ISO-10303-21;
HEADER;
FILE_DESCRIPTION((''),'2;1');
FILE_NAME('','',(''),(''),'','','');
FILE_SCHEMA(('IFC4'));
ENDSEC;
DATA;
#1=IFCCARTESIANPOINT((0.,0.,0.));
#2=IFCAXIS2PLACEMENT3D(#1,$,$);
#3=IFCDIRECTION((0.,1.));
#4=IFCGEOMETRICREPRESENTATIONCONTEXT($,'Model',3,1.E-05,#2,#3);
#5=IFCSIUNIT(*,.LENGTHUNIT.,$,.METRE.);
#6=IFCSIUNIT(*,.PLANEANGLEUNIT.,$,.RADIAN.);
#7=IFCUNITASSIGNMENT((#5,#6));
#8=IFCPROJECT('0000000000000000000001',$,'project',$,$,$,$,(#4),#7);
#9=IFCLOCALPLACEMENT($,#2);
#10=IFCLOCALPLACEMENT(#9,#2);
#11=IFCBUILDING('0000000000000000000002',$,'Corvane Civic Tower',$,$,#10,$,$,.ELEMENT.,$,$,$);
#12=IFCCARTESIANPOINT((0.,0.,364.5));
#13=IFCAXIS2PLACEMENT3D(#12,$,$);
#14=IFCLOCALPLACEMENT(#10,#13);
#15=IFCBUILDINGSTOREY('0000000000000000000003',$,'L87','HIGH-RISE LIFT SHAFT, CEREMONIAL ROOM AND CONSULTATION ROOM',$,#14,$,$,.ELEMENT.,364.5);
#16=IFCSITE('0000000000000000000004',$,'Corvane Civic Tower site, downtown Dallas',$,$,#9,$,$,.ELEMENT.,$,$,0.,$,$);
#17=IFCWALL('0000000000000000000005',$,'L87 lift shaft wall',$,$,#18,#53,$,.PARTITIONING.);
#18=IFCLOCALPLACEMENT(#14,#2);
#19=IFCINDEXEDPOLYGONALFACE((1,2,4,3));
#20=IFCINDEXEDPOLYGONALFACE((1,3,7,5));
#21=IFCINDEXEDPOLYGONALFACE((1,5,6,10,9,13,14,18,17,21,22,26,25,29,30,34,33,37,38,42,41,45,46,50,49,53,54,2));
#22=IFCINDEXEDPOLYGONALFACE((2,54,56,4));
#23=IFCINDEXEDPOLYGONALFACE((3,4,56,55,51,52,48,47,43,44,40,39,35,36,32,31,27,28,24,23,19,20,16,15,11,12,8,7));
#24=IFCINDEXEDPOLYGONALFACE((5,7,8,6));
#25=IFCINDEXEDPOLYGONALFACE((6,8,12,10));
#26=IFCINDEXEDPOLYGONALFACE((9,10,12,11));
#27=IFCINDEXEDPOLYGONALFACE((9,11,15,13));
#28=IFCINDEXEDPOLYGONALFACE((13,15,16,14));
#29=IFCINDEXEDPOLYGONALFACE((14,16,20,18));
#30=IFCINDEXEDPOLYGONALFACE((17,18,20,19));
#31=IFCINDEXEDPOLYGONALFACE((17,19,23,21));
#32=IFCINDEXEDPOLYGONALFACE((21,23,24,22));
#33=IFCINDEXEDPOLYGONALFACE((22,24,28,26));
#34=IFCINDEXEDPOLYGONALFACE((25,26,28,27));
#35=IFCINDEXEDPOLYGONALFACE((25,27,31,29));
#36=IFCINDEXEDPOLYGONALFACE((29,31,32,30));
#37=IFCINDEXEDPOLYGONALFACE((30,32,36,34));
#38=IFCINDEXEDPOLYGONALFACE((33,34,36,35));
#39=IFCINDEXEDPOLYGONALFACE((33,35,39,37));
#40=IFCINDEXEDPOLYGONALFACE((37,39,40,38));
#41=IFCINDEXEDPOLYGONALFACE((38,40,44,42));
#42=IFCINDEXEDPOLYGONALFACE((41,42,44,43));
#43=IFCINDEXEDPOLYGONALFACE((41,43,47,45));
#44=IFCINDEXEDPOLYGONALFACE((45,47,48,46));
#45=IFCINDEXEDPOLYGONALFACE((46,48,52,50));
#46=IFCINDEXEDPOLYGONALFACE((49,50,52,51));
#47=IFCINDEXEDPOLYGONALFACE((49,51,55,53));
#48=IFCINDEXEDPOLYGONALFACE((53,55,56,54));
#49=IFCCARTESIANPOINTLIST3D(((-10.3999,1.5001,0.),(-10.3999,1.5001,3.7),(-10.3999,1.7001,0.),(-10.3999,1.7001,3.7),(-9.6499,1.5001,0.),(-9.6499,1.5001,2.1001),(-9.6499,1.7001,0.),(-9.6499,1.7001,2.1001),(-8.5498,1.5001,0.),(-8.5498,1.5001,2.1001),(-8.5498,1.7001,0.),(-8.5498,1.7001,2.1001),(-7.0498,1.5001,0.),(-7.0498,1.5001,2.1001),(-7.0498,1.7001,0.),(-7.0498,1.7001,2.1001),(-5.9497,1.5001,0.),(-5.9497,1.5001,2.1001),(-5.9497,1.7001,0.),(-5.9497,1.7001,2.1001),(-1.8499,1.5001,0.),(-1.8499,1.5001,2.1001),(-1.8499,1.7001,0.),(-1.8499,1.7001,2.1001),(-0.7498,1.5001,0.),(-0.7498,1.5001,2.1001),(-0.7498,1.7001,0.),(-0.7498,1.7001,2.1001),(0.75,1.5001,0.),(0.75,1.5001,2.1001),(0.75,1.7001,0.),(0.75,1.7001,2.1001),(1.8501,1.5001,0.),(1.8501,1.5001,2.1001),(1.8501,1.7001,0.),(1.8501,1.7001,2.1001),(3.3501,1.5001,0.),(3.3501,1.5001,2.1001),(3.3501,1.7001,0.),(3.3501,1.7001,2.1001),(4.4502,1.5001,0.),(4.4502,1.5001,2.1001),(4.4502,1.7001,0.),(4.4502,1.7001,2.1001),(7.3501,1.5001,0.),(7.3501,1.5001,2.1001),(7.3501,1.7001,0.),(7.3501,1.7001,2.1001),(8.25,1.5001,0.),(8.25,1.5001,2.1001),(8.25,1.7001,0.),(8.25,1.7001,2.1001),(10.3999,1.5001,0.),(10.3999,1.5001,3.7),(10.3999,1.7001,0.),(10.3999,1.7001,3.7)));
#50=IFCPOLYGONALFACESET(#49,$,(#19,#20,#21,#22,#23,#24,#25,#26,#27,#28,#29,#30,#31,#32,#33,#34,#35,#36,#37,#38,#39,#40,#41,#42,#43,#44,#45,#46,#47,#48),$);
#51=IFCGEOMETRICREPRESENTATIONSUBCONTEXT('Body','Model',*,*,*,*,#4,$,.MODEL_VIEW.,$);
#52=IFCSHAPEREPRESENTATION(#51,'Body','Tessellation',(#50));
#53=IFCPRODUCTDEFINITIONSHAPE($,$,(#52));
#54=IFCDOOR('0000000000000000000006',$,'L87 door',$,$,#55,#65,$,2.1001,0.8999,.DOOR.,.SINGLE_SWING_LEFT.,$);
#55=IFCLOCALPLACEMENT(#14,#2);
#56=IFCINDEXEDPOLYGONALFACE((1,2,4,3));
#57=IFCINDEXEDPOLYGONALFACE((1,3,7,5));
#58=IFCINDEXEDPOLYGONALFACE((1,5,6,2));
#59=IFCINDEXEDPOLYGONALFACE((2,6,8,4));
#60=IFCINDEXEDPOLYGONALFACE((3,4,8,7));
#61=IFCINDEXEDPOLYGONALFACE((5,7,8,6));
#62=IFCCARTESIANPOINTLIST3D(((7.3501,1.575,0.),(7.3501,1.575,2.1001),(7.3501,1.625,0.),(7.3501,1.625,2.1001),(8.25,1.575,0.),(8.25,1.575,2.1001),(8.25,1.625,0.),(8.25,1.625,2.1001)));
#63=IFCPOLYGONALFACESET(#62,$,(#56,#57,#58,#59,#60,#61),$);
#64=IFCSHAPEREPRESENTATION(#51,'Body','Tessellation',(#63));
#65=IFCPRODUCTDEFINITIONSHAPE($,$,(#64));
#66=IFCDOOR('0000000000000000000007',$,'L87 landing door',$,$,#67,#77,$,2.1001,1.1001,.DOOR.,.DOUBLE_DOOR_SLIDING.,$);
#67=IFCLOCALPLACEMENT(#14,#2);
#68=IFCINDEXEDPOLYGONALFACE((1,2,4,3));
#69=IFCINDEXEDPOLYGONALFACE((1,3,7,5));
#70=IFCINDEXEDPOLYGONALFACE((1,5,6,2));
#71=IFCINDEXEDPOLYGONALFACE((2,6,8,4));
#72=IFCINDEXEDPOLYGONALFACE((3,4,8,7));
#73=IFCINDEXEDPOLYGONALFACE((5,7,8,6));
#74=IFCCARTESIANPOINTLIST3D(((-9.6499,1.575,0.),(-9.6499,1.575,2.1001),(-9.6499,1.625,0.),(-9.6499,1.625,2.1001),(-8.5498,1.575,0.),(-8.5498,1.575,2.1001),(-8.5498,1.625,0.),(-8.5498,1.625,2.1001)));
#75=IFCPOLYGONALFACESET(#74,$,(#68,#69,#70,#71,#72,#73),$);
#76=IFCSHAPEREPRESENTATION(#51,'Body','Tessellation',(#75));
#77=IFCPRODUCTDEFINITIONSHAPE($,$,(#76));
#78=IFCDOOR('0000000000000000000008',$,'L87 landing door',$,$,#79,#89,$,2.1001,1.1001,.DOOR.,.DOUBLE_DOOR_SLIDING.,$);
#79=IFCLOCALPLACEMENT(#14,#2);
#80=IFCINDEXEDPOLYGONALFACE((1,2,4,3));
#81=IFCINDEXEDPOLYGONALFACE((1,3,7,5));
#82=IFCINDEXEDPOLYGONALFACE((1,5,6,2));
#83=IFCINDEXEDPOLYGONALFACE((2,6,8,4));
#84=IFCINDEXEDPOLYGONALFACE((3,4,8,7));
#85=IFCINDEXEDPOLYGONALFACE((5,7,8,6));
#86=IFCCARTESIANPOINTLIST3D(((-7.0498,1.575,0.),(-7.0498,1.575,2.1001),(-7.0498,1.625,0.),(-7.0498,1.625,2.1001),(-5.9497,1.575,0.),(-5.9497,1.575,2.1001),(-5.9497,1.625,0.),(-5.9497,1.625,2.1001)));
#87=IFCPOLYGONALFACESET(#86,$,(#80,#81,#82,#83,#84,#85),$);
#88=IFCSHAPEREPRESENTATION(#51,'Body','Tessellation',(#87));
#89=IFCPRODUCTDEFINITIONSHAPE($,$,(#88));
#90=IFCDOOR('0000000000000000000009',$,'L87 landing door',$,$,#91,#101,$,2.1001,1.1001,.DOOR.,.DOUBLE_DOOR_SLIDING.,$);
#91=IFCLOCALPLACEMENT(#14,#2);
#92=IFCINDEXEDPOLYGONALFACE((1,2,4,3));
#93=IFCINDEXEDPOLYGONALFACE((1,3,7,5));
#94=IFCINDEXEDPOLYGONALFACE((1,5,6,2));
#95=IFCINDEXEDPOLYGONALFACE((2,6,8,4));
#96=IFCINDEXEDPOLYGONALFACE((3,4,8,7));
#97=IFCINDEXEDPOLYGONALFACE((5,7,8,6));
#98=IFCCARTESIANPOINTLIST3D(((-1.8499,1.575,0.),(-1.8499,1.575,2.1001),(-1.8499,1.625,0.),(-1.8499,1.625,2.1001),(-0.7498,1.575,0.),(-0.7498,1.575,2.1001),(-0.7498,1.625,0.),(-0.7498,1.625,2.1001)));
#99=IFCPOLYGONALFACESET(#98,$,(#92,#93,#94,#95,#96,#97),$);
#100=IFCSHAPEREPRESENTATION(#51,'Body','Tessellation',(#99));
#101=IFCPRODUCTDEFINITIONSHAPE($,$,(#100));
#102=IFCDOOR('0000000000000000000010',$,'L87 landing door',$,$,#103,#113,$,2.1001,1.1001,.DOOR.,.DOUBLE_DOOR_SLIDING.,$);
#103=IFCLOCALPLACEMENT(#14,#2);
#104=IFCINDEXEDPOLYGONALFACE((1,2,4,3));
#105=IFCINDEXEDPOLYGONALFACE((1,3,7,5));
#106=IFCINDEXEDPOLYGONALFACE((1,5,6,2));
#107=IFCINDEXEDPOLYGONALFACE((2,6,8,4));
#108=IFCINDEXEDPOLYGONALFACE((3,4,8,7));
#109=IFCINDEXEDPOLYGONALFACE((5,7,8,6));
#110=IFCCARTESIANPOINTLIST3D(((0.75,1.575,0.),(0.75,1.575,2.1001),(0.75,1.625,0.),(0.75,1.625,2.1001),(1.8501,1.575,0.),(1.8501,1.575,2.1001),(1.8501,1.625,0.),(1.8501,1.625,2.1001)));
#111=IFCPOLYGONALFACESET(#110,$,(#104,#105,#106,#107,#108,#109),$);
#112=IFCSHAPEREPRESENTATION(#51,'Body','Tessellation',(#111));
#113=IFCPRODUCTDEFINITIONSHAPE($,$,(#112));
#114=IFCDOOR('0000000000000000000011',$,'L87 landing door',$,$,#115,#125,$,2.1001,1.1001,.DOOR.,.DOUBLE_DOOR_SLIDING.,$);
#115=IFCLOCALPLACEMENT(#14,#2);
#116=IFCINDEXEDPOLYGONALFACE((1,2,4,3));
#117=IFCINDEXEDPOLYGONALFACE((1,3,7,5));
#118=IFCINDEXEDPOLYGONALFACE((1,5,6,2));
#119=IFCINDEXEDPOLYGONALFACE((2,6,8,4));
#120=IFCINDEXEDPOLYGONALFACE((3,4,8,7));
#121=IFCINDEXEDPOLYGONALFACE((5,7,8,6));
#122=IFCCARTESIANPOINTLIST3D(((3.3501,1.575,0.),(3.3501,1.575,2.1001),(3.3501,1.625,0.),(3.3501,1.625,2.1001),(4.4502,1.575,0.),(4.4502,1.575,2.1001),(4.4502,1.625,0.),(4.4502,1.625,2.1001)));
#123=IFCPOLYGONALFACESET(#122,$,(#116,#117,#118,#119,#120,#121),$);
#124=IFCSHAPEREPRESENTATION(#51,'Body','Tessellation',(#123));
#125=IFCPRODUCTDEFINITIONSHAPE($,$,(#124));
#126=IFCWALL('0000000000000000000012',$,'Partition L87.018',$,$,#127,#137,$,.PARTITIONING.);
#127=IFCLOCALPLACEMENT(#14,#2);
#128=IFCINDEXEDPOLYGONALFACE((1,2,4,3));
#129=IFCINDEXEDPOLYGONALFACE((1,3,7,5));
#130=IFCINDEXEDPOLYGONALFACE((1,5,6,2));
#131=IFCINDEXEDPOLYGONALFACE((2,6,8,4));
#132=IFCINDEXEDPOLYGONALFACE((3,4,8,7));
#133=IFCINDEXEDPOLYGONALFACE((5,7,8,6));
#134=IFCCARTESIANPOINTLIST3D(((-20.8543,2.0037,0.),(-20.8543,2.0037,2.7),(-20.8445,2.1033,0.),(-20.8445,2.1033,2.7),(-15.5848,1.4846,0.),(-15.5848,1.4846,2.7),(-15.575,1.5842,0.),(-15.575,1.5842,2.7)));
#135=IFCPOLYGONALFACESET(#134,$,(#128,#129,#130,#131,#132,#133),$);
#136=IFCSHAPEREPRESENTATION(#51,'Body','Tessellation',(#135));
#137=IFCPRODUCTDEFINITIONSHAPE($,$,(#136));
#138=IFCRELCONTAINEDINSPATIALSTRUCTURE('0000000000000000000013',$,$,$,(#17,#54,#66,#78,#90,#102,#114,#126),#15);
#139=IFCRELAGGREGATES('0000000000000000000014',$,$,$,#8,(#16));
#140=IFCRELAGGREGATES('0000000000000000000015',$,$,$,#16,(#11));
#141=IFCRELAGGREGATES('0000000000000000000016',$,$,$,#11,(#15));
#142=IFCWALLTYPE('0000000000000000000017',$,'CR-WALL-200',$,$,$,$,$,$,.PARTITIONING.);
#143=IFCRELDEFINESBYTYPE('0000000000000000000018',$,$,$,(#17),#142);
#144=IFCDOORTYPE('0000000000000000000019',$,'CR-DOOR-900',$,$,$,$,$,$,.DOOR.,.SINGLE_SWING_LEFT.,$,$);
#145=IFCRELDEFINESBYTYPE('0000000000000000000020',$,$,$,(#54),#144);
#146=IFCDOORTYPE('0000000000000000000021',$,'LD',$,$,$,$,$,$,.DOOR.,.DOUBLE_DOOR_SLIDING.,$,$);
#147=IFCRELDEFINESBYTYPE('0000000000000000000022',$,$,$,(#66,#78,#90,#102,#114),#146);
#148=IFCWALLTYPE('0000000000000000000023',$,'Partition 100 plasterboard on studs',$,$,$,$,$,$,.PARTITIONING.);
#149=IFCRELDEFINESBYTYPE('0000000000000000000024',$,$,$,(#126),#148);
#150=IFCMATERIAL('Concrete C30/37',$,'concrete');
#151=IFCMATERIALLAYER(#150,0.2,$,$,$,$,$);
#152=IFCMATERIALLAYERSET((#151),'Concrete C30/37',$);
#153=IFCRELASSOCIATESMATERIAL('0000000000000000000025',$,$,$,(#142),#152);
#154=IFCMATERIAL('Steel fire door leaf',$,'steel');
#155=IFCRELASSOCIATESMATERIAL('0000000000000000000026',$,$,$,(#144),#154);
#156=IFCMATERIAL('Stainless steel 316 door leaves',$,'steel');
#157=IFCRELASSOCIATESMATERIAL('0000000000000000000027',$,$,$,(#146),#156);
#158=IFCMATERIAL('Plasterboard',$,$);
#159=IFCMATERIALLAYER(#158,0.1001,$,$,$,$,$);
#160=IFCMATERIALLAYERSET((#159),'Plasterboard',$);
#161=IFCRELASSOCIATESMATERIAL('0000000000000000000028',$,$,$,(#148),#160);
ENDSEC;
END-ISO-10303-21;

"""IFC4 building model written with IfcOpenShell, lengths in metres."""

from ifc_helpers import new_model, si_unit, direction, frame, frame_2d, origin, place, context, subcontext, project, spatial, rectangle, extrude, material, layer, layer_set, type_object, element, fill, save


model = new_model("IFC4")

# Units and contexts
model_context = context("Model", 3, precision=1e-05, world=origin(), true_north=direction((0.0, 1.0)))
body_context = subcontext(model_context, "Body", "Model", "MODEL_VIEW")
ifc_project = project(units=[si_unit("LENGTHUNIT", "METRE"), si_unit("PLANEANGLEUNIT", "RADIAN")], contexts=[model_context])

# Site, building, storey
site_placement = place(None, origin())
site = spatial("IfcSite", under=ifc_project, at=site_placement, Name="Corvane Civic Tower site, downtown Dallas", CompositionType="ELEMENT", RefElevation=0.0)
building_placement = place(site_placement, origin())
building = spatial("IfcBuilding", under=site, at=building_placement, Name="Corvane Civic Tower", CompositionType="ELEMENT")
storey_placement = place(building_placement, frame((0.0, 0.0, 364.5)))
storey = spatial("IfcBuildingStorey", under=building, at=storey_placement, Name="L87", Description="HIGH-RISE LIFT SHAFT, CEREMONIAL ROOM AND CONSULTATION ROOM", CompositionType="ELEMENT", Elevation=364.5)

# Wall, openings, doors
ifc_material_1 = material(Name="Concrete C30/37", Category="concrete")
ifc_layer_1 = layer(ifc_material_1, 0.2)
ifc_layer_set_1 = layer_set([ifc_layer_1], Name="Concrete C30/37")
wall_type_1 = type_object("IfcWallType", Name="CR-WALL-200", PredefinedType="PARTITIONING", material=ifc_layer_set_1)
wall_1_placement = place(storey_placement, frame((-10.3999, 1.6001, 0.0), z_axis=(0.0, 0.0, 1.0), x_axis=(1.0, 0.0, 0.0)))
wall_1 = element("IfcWall", 1, at=wall_1_placement, inside=storey, type_object=wall_type_1, Name="L87 lift shaft wall", PredefinedType="PARTITIONING", context=body_context, shape_type="SweptSolid", body=[
    extrude(rectangle(XDim=20.7998, YDim=0.2, at=frame_2d((10.3999, 0.0))), origin(), (0.0, 0.0, 1.0), 3.7),
])
opening_1_placement = place(wall_1_placement, frame((0.75, 0.0, 0.0)))
opening_1 = element("IfcOpeningElement", 2, at=opening_1_placement, cuts=wall_1, PredefinedType="OPENING", context=body_context, shape_type="SweptSolid", body=[
    extrude(rectangle(XDim=1.1001, YDim=2.1001, at=frame_2d((0.55, 1.05))), frame((0.0, 0.1099, 0.0), z_axis=(0.0, -1.0, 0.0), x_axis=(1.0, 0.0, 0.0)), (0.0, 0.0, 1.0), 0.22),
])
opening_2_placement = place(wall_1_placement, frame((3.3501, 0.0, 0.0)))
opening_2 = element("IfcOpeningElement", 3, at=opening_2_placement, cuts=wall_1, PredefinedType="OPENING", context=body_context, shape_type="SweptSolid", body=[
    extrude(rectangle(XDim=1.1001, YDim=2.1001, at=frame_2d((0.55, 1.05))), frame((0.0, 0.1099, 0.0), z_axis=(0.0, -1.0, 0.0), x_axis=(1.0, 0.0, 0.0)), (0.0, 0.0, 1.0), 0.22),
])
opening_3_placement = place(wall_1_placement, frame((8.55, 0.0, 0.0)))
opening_3 = element("IfcOpeningElement", 4, at=opening_3_placement, cuts=wall_1, PredefinedType="OPENING", context=body_context, shape_type="SweptSolid", body=[
    extrude(rectangle(XDim=1.1001, YDim=2.1001, at=frame_2d((0.55, 1.05))), frame((0.0, 0.1099, 0.0), z_axis=(0.0, -1.0, 0.0), x_axis=(1.0, 0.0, 0.0)), (0.0, 0.0, 1.0), 0.22),
])
opening_4_placement = place(wall_1_placement, frame((11.1499, 0.0, 0.0)))
opening_4 = element("IfcOpeningElement", 5, at=opening_4_placement, cuts=wall_1, PredefinedType="OPENING", context=body_context, shape_type="SweptSolid", body=[
    extrude(rectangle(XDim=1.1001, YDim=2.1001, at=frame_2d((0.55, 1.05))), frame((0.0, 0.1099, 0.0), z_axis=(0.0, -1.0, 0.0), x_axis=(1.0, 0.0, 0.0)), (0.0, 0.0, 1.0), 0.22),
])
opening_5_placement = place(wall_1_placement, frame((13.75, 0.0, 0.0)))
opening_5 = element("IfcOpeningElement", 6, at=opening_5_placement, cuts=wall_1, PredefinedType="OPENING", context=body_context, shape_type="SweptSolid", body=[
    extrude(rectangle(XDim=1.1001, YDim=2.1001, at=frame_2d((0.55, 1.05))), frame((0.0, 0.1099, 0.0), z_axis=(0.0, -1.0, 0.0), x_axis=(1.0, 0.0, 0.0)), (0.0, 0.0, 1.0), 0.22),
])
opening_6_placement = place(wall_1_placement, frame((17.75, 0.0, 0.0)))
opening_6 = element("IfcOpeningElement", 7, at=opening_6_placement, cuts=wall_1, PredefinedType="OPENING", context=body_context, shape_type="SweptSolid", body=[
    extrude(rectangle(XDim=0.8999, YDim=2.1001, at=frame_2d((0.45, 1.05))), frame((0.0, 0.1099, 0.0), z_axis=(0.0, -1.0, 0.0), x_axis=(1.0, 0.0, 0.0)), (0.0, 0.0, 1.0), 0.22),
])
ifc_material_2 = material(Name="Steel fire door leaf", Category="steel")
door_type_1 = type_object("IfcDoorType", Name="CR-DOOR-900", OperationType="SINGLE_SWING_LEFT", PredefinedType="DOOR", material=ifc_material_2)
door_1_placement = place(opening_6_placement, origin())
door_1 = element("IfcDoor", 8, at=door_1_placement, inside=storey, type_object=door_type_1, Name="L87 door", OperationType="SINGLE_SWING_LEFT", OverallHeight=2.1001, OverallWidth=0.8999, PredefinedType="DOOR", context=body_context, shape_type="SweptSolid", body=[
    extrude(rectangle(XDim=0.8999, YDim=2.1001, at=frame_2d((0.45, 1.05))), frame((0.0, 0.0249, 0.0), z_axis=(0.0, -1.0, 0.0), x_axis=(1.0, 0.0, 0.0)), (0.0, 0.0, 1.0), 0.05),
])
fill(opening_6, door_1)
ifc_material_3 = material(Name="Stainless steel 316 door leaves", Category="steel")
door_type_2 = type_object("IfcDoorType", Name="LD", OperationType="DOUBLE_DOOR_SLIDING", PredefinedType="DOOR", material=ifc_material_3)
door_2_placement = place(opening_1_placement, origin())
door_2 = element("IfcDoor", 9, at=door_2_placement, inside=storey, type_object=door_type_2, Name="L87 landing door", OperationType="DOUBLE_DOOR_SLIDING", OverallHeight=2.1001, OverallWidth=1.1001, PredefinedType="DOOR", context=body_context, shape_type="SweptSolid", body=[
    extrude(rectangle(XDim=1.1001, YDim=2.1001, at=frame_2d((0.55, 1.05))), frame((0.0, 0.0249, 0.0), z_axis=(0.0, -1.0, 0.0), x_axis=(1.0, 0.0, 0.0)), (0.0, 0.0, 1.0), 0.05),
])
fill(opening_1, door_2)
door_3_placement = place(opening_2_placement, origin())
door_3 = element("IfcDoor", 10, at=door_3_placement, inside=storey, type_object=door_type_2, Name="L87 landing door", OperationType="DOUBLE_DOOR_SLIDING", OverallHeight=2.1001, OverallWidth=1.1001, PredefinedType="DOOR", context=body_context, shape_type="SweptSolid", body=[
    extrude(rectangle(XDim=1.1001, YDim=2.1001, at=frame_2d((0.55, 1.05))), frame((0.0, 0.0249, 0.0), z_axis=(0.0, -1.0, 0.0), x_axis=(1.0, 0.0, 0.0)), (0.0, 0.0, 1.0), 0.05),
])
fill(opening_2, door_3)
door_4_placement = place(opening_3_placement, origin())
door_4 = element("IfcDoor", 11, at=door_4_placement, inside=storey, type_object=door_type_2, Name="L87 landing door", OperationType="DOUBLE_DOOR_SLIDING", OverallHeight=2.1001, OverallWidth=1.1001, PredefinedType="DOOR", context=body_context, shape_type="SweptSolid", body=[
    extrude(rectangle(XDim=1.1001, YDim=2.1001, at=frame_2d((0.55, 1.05))), frame((0.0, 0.0249, 0.0), z_axis=(0.0, -1.0, 0.0), x_axis=(1.0, 0.0, 0.0)), (0.0, 0.0, 1.0), 0.05),
])
fill(opening_3, door_4)
door_5_placement = place(opening_4_placement, origin())
door_5 = element("IfcDoor", 12, at=door_5_placement, inside=storey, type_object=door_type_2, Name="L87 landing door", OperationType="DOUBLE_DOOR_SLIDING", OverallHeight=2.1001, OverallWidth=1.1001, PredefinedType="DOOR", context=body_context, shape_type="SweptSolid", body=[
    extrude(rectangle(XDim=1.1001, YDim=2.1001, at=frame_2d((0.55, 1.05))), frame((0.0, 0.0249, 0.0), z_axis=(0.0, -1.0, 0.0), x_axis=(1.0, 0.0, 0.0)), (0.0, 0.0, 1.0), 0.05),
])
fill(opening_4, door_5)
door_6_placement = place(opening_5_placement, origin())
door_6 = element("IfcDoor", 13, at=door_6_placement, inside=storey, type_object=door_type_2, Name="L87 landing door", OperationType="DOUBLE_DOOR_SLIDING", OverallHeight=2.1001, OverallWidth=1.1001, PredefinedType="DOOR", context=body_context, shape_type="SweptSolid", body=[
    extrude(rectangle(XDim=1.1001, YDim=2.1001, at=frame_2d((0.55, 1.05))), frame((0.0, 0.0249, 0.0), z_axis=(0.0, -1.0, 0.0), x_axis=(1.0, 0.0, 0.0)), (0.0, 0.0, 1.0), 0.05),
])
fill(opening_5, door_6)

# Wall
ifc_material_4 = material(Name="Plasterboard")
ifc_layer_2 = layer(ifc_material_4, 0.1001)
ifc_layer_set_2 = layer_set([ifc_layer_2], Name="Plasterboard")
wall_type_2 = type_object("IfcWallType", Name="Partition 100 plasterboard on studs", PredefinedType="PARTITIONING", material=ifc_layer_set_2)
wall_2_placement = place(storey_placement, frame((-20.8494, 2.0535, 0.0), z_axis=(0.0, 0.0, 1.0), x_axis=(0.995184, -0.098025, 0.0)))
element("IfcWall", 14, at=wall_2_placement, inside=storey, type_object=wall_type_2, Name="Partition L87.018", PredefinedType="PARTITIONING", context=body_context, shape_type="SweptSolid", body=[
    extrude(rectangle(XDim=5.2949, YDim=0.1001, at=frame_2d((2.6475, 0.0))), origin(), (0.0, 0.0, 1.0), 2.7),
])

save(model, "model.ifc")
